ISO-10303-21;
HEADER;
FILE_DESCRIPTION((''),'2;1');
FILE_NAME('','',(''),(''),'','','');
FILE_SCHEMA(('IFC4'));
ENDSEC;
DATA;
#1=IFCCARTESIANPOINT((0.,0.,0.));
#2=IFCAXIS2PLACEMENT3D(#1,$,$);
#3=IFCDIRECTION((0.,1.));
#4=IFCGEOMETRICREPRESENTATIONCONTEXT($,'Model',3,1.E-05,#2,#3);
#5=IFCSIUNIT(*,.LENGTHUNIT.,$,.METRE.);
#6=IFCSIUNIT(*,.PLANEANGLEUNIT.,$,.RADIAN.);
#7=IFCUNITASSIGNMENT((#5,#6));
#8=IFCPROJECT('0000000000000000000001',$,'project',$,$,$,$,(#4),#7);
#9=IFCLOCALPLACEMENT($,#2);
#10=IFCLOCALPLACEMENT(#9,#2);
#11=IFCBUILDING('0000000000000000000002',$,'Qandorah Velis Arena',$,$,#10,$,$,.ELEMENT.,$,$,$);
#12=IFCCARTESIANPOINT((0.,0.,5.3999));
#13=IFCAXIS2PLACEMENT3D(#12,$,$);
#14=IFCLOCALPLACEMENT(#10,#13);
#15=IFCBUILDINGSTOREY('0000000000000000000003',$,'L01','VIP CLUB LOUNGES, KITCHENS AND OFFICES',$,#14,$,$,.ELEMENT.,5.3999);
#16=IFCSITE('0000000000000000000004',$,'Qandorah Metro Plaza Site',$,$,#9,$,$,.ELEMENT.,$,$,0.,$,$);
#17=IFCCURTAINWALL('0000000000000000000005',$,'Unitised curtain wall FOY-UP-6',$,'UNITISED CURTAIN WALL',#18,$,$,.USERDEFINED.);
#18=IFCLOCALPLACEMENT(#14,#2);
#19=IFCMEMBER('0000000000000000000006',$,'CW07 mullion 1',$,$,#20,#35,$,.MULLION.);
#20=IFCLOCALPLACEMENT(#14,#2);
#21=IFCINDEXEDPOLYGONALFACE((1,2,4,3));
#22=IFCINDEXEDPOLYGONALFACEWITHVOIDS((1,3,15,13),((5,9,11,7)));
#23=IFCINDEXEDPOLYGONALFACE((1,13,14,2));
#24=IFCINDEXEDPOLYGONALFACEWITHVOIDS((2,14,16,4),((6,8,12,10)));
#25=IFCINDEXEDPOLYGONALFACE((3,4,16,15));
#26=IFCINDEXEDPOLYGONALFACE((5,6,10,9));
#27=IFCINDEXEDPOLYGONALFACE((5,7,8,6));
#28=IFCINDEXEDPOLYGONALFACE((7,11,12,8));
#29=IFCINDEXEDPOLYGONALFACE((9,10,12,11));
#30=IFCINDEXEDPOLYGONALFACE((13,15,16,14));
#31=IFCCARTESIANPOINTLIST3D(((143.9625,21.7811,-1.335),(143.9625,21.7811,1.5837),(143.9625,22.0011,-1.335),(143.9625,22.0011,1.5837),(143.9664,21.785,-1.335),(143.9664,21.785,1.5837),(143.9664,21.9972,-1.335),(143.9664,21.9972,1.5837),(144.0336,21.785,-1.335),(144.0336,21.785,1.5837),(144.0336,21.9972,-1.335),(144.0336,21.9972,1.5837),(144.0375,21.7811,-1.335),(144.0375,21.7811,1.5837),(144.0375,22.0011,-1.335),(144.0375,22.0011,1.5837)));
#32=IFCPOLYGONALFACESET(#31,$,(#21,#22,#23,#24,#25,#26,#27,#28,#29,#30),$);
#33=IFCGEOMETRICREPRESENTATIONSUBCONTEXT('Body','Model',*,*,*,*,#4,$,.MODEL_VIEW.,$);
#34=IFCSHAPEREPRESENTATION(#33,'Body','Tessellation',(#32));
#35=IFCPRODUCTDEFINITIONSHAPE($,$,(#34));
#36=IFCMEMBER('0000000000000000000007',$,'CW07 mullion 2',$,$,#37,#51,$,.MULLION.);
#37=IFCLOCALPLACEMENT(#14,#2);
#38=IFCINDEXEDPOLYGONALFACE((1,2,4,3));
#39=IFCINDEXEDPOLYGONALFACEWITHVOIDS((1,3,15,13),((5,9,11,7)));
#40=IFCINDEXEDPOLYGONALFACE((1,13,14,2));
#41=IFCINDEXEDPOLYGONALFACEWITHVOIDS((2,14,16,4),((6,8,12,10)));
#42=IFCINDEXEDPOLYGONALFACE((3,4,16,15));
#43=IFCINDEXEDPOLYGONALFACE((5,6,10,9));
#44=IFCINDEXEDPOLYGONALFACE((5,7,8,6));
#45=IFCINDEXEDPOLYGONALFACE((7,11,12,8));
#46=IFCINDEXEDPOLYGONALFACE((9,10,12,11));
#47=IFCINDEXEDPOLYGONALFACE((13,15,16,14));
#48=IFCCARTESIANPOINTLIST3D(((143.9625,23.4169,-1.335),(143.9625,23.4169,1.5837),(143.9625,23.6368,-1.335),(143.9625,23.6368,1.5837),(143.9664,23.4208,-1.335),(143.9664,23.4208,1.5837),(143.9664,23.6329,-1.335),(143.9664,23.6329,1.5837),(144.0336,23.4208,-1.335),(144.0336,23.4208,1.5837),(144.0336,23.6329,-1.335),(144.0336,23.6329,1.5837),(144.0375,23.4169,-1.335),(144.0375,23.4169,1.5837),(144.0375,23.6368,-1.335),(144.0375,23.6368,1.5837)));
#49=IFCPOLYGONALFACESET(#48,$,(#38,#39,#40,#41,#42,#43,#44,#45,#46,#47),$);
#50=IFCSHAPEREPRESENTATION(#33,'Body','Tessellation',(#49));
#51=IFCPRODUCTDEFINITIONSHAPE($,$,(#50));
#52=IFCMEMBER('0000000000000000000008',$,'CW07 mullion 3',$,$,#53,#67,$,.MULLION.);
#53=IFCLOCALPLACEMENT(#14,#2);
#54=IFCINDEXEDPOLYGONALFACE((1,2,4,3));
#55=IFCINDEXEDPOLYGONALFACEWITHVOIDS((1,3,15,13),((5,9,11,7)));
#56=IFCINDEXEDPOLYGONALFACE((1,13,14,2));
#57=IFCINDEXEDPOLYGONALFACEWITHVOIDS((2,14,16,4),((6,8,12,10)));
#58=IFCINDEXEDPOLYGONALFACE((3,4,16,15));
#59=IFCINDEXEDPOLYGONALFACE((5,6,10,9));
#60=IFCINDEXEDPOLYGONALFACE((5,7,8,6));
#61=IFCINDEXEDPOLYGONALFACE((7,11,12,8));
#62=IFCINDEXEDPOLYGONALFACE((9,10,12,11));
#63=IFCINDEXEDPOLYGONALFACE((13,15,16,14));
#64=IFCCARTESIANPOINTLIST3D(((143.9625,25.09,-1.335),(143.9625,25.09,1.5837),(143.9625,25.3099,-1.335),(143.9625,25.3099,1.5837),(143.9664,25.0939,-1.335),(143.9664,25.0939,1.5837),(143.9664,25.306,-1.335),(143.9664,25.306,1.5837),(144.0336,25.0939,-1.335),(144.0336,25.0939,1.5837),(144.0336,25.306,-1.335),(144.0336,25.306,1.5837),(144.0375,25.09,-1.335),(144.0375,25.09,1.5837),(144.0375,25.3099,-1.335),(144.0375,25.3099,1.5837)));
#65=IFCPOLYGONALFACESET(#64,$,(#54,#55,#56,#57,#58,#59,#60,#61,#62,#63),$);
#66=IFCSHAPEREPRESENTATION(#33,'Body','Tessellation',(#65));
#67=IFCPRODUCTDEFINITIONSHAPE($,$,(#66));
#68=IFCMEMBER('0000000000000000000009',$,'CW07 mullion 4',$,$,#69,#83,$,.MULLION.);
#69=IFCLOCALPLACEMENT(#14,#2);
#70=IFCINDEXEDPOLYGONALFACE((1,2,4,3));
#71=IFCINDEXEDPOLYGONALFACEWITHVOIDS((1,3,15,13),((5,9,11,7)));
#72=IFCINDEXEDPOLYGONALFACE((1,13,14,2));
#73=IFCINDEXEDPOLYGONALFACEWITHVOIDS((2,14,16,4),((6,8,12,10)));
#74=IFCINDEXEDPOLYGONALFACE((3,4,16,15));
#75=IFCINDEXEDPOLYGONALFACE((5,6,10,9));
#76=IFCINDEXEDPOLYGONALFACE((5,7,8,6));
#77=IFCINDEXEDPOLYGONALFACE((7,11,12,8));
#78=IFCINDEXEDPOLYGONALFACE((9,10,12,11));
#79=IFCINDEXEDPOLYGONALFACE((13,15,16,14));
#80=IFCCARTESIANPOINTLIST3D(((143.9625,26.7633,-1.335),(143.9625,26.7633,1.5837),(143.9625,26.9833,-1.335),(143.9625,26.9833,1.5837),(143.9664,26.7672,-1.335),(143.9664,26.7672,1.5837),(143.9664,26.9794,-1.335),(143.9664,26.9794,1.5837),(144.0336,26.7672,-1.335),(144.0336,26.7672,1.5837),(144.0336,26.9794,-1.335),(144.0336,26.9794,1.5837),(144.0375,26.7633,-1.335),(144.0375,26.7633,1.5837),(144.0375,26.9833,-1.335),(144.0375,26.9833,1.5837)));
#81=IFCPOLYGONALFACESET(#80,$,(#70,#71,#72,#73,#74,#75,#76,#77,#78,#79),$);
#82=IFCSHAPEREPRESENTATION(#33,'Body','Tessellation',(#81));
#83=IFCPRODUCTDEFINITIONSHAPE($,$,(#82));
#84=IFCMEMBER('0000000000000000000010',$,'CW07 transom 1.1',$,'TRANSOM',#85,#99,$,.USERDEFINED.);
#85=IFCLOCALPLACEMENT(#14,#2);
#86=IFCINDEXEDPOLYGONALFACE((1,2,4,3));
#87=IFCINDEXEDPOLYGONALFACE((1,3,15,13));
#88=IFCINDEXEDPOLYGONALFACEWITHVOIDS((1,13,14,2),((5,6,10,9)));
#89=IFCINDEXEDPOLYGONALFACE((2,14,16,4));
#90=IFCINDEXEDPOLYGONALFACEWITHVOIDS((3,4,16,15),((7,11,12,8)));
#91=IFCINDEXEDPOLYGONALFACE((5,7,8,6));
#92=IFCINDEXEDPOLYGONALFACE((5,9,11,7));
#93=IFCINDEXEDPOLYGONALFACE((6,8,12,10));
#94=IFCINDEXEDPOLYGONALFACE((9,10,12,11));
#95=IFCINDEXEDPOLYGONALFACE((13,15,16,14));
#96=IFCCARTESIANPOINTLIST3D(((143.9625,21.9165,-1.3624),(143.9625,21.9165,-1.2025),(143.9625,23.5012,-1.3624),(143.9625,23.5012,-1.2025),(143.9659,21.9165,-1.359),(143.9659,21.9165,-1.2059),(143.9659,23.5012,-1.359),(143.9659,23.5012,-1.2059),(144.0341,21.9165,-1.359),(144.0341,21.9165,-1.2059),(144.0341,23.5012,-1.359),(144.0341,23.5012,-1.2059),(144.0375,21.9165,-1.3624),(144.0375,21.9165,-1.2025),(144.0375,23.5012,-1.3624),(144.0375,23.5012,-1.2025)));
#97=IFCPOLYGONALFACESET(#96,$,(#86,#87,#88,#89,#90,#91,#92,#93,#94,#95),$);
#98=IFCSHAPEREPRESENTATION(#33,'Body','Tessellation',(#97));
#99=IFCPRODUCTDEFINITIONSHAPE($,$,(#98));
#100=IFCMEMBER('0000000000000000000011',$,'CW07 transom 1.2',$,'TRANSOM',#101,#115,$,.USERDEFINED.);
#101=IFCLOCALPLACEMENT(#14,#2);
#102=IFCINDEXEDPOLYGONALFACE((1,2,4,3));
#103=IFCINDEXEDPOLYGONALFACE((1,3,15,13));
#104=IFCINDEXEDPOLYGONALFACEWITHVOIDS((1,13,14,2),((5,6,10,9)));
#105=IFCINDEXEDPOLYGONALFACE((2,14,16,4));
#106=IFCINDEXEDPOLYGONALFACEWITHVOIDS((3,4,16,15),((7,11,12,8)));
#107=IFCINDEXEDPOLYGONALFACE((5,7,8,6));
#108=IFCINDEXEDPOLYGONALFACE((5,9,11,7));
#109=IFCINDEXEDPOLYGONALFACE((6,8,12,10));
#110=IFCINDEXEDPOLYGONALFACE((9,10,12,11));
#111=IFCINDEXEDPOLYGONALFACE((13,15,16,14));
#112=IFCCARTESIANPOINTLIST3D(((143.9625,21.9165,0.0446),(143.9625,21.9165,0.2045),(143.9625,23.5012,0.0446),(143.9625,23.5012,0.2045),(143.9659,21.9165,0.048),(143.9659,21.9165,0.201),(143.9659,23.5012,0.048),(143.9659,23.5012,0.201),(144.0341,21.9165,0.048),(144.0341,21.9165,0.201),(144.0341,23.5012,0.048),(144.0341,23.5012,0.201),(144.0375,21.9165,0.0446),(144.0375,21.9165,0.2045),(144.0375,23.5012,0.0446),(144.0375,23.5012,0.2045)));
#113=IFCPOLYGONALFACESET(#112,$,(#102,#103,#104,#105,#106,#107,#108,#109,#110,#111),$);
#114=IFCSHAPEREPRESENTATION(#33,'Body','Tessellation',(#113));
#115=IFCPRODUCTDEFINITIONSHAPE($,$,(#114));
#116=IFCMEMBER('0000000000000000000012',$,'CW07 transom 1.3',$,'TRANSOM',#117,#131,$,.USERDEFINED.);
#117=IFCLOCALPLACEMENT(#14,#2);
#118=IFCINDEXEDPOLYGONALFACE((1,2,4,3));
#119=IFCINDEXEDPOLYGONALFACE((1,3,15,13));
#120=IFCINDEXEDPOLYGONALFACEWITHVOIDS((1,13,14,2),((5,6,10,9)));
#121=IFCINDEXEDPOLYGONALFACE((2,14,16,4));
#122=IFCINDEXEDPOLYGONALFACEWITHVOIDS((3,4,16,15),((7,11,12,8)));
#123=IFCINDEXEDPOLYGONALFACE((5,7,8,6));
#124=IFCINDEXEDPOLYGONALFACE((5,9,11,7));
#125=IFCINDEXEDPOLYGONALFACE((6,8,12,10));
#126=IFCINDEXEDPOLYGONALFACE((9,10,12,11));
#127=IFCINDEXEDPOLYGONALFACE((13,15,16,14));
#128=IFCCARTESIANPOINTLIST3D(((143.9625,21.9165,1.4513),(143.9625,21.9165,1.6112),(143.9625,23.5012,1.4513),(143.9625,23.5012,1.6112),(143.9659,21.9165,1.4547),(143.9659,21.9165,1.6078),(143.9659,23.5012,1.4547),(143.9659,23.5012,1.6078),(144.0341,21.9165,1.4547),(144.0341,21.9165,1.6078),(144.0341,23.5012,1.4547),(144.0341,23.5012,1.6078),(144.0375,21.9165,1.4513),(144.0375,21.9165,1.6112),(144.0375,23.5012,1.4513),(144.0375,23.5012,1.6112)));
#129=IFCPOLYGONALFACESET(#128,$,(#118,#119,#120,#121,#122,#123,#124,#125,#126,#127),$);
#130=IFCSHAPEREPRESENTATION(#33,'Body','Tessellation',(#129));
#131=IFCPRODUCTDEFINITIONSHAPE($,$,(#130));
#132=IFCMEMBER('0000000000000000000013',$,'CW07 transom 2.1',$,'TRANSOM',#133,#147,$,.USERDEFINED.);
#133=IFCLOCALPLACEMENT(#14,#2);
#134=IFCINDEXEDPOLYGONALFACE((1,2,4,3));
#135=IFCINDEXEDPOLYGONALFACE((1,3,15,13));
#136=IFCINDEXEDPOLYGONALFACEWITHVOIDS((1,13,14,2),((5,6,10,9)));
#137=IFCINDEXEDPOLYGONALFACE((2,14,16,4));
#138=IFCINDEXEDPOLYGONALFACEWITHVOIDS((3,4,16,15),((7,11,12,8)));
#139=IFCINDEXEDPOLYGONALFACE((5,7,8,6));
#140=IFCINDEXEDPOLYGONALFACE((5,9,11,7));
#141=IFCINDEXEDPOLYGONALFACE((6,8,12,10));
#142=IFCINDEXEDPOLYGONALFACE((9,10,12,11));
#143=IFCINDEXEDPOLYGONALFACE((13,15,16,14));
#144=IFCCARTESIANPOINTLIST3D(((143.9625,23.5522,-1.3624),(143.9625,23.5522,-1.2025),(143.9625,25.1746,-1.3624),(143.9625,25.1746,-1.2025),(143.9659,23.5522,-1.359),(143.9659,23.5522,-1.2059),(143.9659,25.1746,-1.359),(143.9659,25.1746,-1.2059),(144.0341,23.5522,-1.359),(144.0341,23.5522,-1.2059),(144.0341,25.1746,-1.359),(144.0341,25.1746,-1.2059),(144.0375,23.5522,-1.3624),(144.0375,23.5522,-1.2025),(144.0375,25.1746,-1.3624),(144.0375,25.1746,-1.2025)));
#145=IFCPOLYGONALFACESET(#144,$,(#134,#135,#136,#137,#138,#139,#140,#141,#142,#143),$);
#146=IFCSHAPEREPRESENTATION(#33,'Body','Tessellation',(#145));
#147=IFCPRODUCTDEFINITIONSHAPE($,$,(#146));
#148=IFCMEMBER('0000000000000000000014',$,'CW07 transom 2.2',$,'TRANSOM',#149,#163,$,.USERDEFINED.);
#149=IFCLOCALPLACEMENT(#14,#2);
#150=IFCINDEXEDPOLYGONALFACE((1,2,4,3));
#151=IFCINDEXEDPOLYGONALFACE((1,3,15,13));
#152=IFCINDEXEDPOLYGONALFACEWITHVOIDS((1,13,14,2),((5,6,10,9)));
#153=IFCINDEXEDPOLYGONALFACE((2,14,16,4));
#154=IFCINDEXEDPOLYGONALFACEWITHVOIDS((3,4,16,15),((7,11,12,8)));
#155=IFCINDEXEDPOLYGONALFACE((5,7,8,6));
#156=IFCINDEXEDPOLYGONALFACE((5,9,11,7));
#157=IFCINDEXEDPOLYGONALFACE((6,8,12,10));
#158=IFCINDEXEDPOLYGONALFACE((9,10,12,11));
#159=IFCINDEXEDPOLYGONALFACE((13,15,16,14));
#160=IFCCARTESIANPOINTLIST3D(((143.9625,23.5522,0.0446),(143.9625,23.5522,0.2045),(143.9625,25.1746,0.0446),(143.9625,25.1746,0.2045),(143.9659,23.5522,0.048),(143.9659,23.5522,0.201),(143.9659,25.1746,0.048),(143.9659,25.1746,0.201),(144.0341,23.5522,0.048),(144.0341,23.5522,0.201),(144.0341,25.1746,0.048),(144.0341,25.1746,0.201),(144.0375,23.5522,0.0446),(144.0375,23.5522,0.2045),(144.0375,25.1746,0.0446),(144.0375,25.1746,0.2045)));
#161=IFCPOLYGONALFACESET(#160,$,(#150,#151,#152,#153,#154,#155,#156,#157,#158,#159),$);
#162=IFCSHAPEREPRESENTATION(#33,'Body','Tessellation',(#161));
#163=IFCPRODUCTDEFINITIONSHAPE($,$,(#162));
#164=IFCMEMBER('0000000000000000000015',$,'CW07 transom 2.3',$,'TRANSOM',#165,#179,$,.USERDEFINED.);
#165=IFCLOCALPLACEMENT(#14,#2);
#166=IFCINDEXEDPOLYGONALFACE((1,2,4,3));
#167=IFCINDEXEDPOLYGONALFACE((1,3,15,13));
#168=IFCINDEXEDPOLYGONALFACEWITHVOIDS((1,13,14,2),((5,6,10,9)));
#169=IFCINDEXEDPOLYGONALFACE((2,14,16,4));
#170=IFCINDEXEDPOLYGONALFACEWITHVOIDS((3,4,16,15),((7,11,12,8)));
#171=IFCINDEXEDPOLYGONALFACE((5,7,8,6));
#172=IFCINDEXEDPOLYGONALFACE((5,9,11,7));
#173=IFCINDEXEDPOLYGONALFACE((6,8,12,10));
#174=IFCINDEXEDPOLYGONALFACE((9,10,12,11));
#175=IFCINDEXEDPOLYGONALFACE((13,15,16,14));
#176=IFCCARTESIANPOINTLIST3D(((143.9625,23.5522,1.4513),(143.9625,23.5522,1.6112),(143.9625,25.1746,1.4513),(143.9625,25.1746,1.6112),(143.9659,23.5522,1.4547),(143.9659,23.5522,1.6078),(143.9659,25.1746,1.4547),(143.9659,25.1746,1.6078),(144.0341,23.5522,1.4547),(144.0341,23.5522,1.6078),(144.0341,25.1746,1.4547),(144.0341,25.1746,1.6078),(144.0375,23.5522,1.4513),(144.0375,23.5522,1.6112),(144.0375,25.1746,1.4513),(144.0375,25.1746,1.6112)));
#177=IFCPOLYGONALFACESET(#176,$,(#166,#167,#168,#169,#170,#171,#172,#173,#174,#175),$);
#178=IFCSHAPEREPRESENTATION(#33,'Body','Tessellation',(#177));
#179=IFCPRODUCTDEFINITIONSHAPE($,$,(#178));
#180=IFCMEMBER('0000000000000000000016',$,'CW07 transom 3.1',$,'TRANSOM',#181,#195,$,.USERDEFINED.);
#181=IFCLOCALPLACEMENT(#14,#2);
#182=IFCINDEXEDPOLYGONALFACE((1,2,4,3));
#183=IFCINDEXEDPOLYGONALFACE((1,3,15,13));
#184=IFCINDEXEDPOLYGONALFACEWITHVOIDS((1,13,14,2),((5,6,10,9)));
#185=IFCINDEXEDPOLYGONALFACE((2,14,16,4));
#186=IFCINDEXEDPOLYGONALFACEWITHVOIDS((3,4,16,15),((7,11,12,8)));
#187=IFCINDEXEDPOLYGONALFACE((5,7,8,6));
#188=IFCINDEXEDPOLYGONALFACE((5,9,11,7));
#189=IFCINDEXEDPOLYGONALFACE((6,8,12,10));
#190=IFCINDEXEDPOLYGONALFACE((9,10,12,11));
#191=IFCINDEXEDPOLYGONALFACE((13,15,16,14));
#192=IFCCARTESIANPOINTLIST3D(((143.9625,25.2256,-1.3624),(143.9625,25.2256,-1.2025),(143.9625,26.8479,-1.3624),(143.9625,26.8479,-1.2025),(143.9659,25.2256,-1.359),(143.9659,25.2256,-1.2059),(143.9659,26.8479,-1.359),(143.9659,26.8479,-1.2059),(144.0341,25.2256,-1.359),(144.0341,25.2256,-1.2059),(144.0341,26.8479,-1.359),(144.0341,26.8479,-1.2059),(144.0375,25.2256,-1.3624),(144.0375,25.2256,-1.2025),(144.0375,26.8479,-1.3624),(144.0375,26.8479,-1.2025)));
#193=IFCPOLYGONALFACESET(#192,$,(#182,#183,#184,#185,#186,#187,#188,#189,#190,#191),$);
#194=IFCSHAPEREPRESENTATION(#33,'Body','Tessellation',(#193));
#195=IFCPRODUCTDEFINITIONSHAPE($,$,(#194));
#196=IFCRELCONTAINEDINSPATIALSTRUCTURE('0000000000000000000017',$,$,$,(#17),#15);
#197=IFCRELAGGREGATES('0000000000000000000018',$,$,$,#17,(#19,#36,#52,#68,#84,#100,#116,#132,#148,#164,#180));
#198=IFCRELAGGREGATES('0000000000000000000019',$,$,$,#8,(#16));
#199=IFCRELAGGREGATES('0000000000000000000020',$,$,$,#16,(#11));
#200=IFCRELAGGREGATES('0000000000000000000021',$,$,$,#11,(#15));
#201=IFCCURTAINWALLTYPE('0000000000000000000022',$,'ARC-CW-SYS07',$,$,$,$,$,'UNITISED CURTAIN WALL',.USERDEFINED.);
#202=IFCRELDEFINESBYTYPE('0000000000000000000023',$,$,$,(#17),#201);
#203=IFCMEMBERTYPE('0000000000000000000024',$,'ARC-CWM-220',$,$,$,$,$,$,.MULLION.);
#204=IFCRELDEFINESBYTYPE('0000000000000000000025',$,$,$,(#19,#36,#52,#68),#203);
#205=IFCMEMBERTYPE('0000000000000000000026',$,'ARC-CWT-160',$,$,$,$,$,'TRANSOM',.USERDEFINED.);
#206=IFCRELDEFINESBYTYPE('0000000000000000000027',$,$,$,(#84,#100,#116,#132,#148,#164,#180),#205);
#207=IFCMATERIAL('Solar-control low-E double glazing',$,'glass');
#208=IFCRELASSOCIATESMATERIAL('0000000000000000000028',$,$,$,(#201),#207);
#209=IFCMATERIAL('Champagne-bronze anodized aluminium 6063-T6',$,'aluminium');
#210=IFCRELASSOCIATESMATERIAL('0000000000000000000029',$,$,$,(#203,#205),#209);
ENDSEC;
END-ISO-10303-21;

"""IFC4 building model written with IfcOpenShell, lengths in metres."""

from ifc_helpers import new_model, si_unit, direction, frame, origin, origin_2d, place, context, subcontext, project, spatial, hollow_rectangle, extrude, material, material_profile, profile_set, type_object, element, aggregate, save


model = new_model("IFC4")

# Units and contexts
model_context = context("Model", 3, precision=1e-05, world=origin(), true_north=direction((0.0, 1.0)))
body_context = subcontext(model_context, "Body", "Model", "MODEL_VIEW")
ifc_project = project(units=[si_unit("LENGTHUNIT", "METRE"), si_unit("PLANEANGLEUNIT", "RADIAN")], contexts=[model_context])

# Site, building, storey
site_placement = place(None, origin())
site = spatial("IfcSite", under=ifc_project, at=site_placement, Name="Qandorah Metro Plaza Site", CompositionType="ELEMENT", RefElevation=0.0)
building_placement = place(site_placement, origin())
building = spatial("IfcBuilding", under=site, at=building_placement, Name="Qandorah Velis Arena", CompositionType="ELEMENT")
storey_placement = place(building_placement, frame((0.0, 0.0, 5.3999)))
storey = spatial("IfcBuildingStorey", under=building, at=storey_placement, Name="L01", Description="VIP CLUB LOUNGES, KITCHENS AND OFFICES", CompositionType="ELEMENT", Elevation=5.3999)

# Curtain wall, members
ifc_material_1 = material(Name="Solar-control low-E double glazing", Category="glass")
curtain_wall_type = type_object("IfcCurtainWallType", Name="ARC-CW-SYS07", ElementType="UNITISED CURTAIN WALL", PredefinedType="USERDEFINED", material=ifc_material_1)
curtain_wall_placement = place(storey_placement, origin())
curtain_wall = element("IfcCurtainWall", 1, at=curtain_wall_placement, inside=storey, type_object=curtain_wall_type, Name="Unitised curtain wall FOY-UP-6", ObjectType="UNITISED CURTAIN WALL", PredefinedType="USERDEFINED")
ifc_material_2 = material(Name="Champagne-bronze anodized aluminium 6063-T6", Category="aluminium")
ifc_material_profile_1 = material_profile(ifc_material_2, hollow_rectangle(XDim=0.075, YDim=0.22, WallThickness=0.0039, at=origin_2d()), Name="ALU MULLION 75x220")
ifc_profile_set_1 = profile_set([ifc_material_profile_1], Name="Champagne-bronze anodized aluminium 6063-T6")
member_type_1 = type_object("IfcMemberType", Name="ARC-CWM-220", PredefinedType="MULLION", material=ifc_profile_set_1)
member_1_placement = place(storey_placement, frame((144.0, 21.8911, -1.335), z_axis=(0.0, 0.0, 1.0), x_axis=(-1.0, 0.0, 0.0)))
member_1 = element("IfcMember", 2, at=member_1_placement, type_object=member_type_1, Name="CW07 mullion 1", PredefinedType="MULLION", context=body_context, shape_type="SweptSolid", body=[
    extrude(hollow_rectangle(XDim=0.075, YDim=0.22, WallThickness=0.0039, at=origin_2d()), origin(), (0.0, 0.0, 1.0), 2.9187),
])
member_2_placement = place(storey_placement, frame((144.0, 23.5269, -1.335), z_axis=(0.0, 0.0, 1.0), x_axis=(-1.0, 0.0, 0.0)))
member_2 = element("IfcMember", 3, at=member_2_placement, type_object=member_type_1, Name="CW07 mullion 2", PredefinedType="MULLION", context=body_context, shape_type="SweptSolid", body=[
    extrude(hollow_rectangle(XDim=0.075, YDim=0.22, WallThickness=0.0039, at=origin_2d()), origin(), (0.0, 0.0, 1.0), 2.9187),
])
member_3_placement = place(storey_placement, frame((144.0, 25.2, -1.335), z_axis=(0.0, 0.0, 1.0), x_axis=(-1.0, 0.0, 0.0)))
member_3 = element("IfcMember", 4, at=member_3_placement, type_object=member_type_1, Name="CW07 mullion 3", PredefinedType="MULLION", context=body_context, shape_type="SweptSolid", body=[
    extrude(hollow_rectangle(XDim=0.075, YDim=0.22, WallThickness=0.0039, at=origin_2d()), origin(), (0.0, 0.0, 1.0), 2.9187),
])
member_4_placement = place(storey_placement, frame((144.0, 26.8733, -1.335), z_axis=(0.0, 0.0, 1.0), x_axis=(-1.0, 0.0, 0.0)))
member_4 = element("IfcMember", 5, at=member_4_placement, type_object=member_type_1, Name="CW07 mullion 4", PredefinedType="MULLION", context=body_context, shape_type="SweptSolid", body=[
    extrude(hollow_rectangle(XDim=0.075, YDim=0.22, WallThickness=0.0039, at=origin_2d()), origin(), (0.0, 0.0, 1.0), 2.9187),
])
ifc_material_profile_2 = material_profile(ifc_material_2, hollow_rectangle(XDim=0.075, YDim=0.1599, WallThickness=0.0034, at=origin_2d()), Name="ALU TRANSOM 75x160")
ifc_profile_set_2 = profile_set([ifc_material_profile_2], Name="Champagne-bronze anodized aluminium 6063-T6")
member_type_2 = type_object("IfcMemberType", Name="ARC-CWT-160", ElementType="TRANSOM", PredefinedType="USERDEFINED", material=ifc_profile_set_2)
member_5_placement = place(storey_placement, frame((144.0, 21.9165, -1.2825), z_axis=(0.0, 1.0, 0.0), x_axis=(-1.0, 0.0, 0.0)))
member_5 = element("IfcMember", 6, at=member_5_placement, type_object=member_type_2, Name="CW07 transom 1.1", ObjectType="TRANSOM", PredefinedType="USERDEFINED", context=body_context, shape_type="SweptSolid", body=[
    extrude(hollow_rectangle(XDim=0.075, YDim=0.1599, WallThickness=0.0034, at=origin_2d()), origin(), (0.0, 0.0, 1.0), 1.5847),
])
member_6_placement = place(storey_placement, frame((144.0, 21.9165, 0.1245), z_axis=(0.0, 1.0, 0.0), x_axis=(-1.0, 0.0, 0.0)))
member_6 = element("IfcMember", 7, at=member_6_placement, type_object=member_type_2, Name="CW07 transom 1.2", ObjectType="TRANSOM", PredefinedType="USERDEFINED", context=body_context, shape_type="SweptSolid", body=[
    extrude(hollow_rectangle(XDim=0.075, YDim=0.1599, WallThickness=0.0034, at=origin_2d()), origin(), (0.0, 0.0, 1.0), 1.5847),
])
member_7_placement = place(storey_placement, frame((144.0, 21.9165, 1.5312), z_axis=(0.0, 1.0, 0.0), x_axis=(-1.0, 0.0, 0.0)))
member_7 = element("IfcMember", 8, at=member_7_placement, type_object=member_type_2, Name="CW07 transom 1.3", ObjectType="TRANSOM", PredefinedType="USERDEFINED", context=body_context, shape_type="SweptSolid", body=[
    extrude(hollow_rectangle(XDim=0.075, YDim=0.1599, WallThickness=0.0034, at=origin_2d()), origin(), (0.0, 0.0, 1.0), 1.5847),
])
member_8_placement = place(storey_placement, frame((144.0, 23.5522, -1.2825), z_axis=(0.0, 1.0, 0.0), x_axis=(-1.0, 0.0, 0.0)))
member_8 = element("IfcMember", 9, at=member_8_placement, type_object=member_type_2, Name="CW07 transom 2.1", ObjectType="TRANSOM", PredefinedType="USERDEFINED", context=body_context, shape_type="SweptSolid", body=[
    extrude(hollow_rectangle(XDim=0.075, YDim=0.1599, WallThickness=0.0034, at=origin_2d()), origin(), (0.0, 0.0, 1.0), 1.6223),
])
member_9_placement = place(storey_placement, frame((144.0, 23.5522, 0.1245), z_axis=(0.0, 1.0, 0.0), x_axis=(-1.0, 0.0, 0.0)))
member_9 = element("IfcMember", 10, at=member_9_placement, type_object=member_type_2, Name="CW07 transom 2.2", ObjectType="TRANSOM", PredefinedType="USERDEFINED", context=body_context, shape_type="SweptSolid", body=[
    extrude(hollow_rectangle(XDim=0.075, YDim=0.1599, WallThickness=0.0034, at=origin_2d()), origin(), (0.0, 0.0, 1.0), 1.6223),
])
member_10_placement = place(storey_placement, frame((144.0, 23.5522, 1.5312), z_axis=(0.0, 1.0, 0.0), x_axis=(-1.0, 0.0, 0.0)))
member_10 = element("IfcMember", 11, at=member_10_placement, type_object=member_type_2, Name="CW07 transom 2.3", ObjectType="TRANSOM", PredefinedType="USERDEFINED", context=body_context, shape_type="SweptSolid", body=[
    extrude(hollow_rectangle(XDim=0.075, YDim=0.1599, WallThickness=0.0034, at=origin_2d()), origin(), (0.0, 0.0, 1.0), 1.6223),
])
member_11_placement = place(storey_placement, frame((144.0, 25.2256, -1.2825), z_axis=(0.0, 1.0, 0.0), x_axis=(-1.0, 0.0, 0.0)))
member_11 = element("IfcMember", 12, at=member_11_placement, type_object=member_type_2, Name="CW07 transom 3.1", ObjectType="TRANSOM", PredefinedType="USERDEFINED", context=body_context, shape_type="SweptSolid", body=[
    extrude(hollow_rectangle(XDim=0.075, YDim=0.1599, WallThickness=0.0034, at=origin_2d()), origin(), (0.0, 0.0, 1.0), 1.6223),
])
aggregate(curtain_wall, [member_1, member_2, member_3, member_4, member_5, member_6, member_7, member_8, member_9, member_10, member_11])

save(model, "model.ifc")
